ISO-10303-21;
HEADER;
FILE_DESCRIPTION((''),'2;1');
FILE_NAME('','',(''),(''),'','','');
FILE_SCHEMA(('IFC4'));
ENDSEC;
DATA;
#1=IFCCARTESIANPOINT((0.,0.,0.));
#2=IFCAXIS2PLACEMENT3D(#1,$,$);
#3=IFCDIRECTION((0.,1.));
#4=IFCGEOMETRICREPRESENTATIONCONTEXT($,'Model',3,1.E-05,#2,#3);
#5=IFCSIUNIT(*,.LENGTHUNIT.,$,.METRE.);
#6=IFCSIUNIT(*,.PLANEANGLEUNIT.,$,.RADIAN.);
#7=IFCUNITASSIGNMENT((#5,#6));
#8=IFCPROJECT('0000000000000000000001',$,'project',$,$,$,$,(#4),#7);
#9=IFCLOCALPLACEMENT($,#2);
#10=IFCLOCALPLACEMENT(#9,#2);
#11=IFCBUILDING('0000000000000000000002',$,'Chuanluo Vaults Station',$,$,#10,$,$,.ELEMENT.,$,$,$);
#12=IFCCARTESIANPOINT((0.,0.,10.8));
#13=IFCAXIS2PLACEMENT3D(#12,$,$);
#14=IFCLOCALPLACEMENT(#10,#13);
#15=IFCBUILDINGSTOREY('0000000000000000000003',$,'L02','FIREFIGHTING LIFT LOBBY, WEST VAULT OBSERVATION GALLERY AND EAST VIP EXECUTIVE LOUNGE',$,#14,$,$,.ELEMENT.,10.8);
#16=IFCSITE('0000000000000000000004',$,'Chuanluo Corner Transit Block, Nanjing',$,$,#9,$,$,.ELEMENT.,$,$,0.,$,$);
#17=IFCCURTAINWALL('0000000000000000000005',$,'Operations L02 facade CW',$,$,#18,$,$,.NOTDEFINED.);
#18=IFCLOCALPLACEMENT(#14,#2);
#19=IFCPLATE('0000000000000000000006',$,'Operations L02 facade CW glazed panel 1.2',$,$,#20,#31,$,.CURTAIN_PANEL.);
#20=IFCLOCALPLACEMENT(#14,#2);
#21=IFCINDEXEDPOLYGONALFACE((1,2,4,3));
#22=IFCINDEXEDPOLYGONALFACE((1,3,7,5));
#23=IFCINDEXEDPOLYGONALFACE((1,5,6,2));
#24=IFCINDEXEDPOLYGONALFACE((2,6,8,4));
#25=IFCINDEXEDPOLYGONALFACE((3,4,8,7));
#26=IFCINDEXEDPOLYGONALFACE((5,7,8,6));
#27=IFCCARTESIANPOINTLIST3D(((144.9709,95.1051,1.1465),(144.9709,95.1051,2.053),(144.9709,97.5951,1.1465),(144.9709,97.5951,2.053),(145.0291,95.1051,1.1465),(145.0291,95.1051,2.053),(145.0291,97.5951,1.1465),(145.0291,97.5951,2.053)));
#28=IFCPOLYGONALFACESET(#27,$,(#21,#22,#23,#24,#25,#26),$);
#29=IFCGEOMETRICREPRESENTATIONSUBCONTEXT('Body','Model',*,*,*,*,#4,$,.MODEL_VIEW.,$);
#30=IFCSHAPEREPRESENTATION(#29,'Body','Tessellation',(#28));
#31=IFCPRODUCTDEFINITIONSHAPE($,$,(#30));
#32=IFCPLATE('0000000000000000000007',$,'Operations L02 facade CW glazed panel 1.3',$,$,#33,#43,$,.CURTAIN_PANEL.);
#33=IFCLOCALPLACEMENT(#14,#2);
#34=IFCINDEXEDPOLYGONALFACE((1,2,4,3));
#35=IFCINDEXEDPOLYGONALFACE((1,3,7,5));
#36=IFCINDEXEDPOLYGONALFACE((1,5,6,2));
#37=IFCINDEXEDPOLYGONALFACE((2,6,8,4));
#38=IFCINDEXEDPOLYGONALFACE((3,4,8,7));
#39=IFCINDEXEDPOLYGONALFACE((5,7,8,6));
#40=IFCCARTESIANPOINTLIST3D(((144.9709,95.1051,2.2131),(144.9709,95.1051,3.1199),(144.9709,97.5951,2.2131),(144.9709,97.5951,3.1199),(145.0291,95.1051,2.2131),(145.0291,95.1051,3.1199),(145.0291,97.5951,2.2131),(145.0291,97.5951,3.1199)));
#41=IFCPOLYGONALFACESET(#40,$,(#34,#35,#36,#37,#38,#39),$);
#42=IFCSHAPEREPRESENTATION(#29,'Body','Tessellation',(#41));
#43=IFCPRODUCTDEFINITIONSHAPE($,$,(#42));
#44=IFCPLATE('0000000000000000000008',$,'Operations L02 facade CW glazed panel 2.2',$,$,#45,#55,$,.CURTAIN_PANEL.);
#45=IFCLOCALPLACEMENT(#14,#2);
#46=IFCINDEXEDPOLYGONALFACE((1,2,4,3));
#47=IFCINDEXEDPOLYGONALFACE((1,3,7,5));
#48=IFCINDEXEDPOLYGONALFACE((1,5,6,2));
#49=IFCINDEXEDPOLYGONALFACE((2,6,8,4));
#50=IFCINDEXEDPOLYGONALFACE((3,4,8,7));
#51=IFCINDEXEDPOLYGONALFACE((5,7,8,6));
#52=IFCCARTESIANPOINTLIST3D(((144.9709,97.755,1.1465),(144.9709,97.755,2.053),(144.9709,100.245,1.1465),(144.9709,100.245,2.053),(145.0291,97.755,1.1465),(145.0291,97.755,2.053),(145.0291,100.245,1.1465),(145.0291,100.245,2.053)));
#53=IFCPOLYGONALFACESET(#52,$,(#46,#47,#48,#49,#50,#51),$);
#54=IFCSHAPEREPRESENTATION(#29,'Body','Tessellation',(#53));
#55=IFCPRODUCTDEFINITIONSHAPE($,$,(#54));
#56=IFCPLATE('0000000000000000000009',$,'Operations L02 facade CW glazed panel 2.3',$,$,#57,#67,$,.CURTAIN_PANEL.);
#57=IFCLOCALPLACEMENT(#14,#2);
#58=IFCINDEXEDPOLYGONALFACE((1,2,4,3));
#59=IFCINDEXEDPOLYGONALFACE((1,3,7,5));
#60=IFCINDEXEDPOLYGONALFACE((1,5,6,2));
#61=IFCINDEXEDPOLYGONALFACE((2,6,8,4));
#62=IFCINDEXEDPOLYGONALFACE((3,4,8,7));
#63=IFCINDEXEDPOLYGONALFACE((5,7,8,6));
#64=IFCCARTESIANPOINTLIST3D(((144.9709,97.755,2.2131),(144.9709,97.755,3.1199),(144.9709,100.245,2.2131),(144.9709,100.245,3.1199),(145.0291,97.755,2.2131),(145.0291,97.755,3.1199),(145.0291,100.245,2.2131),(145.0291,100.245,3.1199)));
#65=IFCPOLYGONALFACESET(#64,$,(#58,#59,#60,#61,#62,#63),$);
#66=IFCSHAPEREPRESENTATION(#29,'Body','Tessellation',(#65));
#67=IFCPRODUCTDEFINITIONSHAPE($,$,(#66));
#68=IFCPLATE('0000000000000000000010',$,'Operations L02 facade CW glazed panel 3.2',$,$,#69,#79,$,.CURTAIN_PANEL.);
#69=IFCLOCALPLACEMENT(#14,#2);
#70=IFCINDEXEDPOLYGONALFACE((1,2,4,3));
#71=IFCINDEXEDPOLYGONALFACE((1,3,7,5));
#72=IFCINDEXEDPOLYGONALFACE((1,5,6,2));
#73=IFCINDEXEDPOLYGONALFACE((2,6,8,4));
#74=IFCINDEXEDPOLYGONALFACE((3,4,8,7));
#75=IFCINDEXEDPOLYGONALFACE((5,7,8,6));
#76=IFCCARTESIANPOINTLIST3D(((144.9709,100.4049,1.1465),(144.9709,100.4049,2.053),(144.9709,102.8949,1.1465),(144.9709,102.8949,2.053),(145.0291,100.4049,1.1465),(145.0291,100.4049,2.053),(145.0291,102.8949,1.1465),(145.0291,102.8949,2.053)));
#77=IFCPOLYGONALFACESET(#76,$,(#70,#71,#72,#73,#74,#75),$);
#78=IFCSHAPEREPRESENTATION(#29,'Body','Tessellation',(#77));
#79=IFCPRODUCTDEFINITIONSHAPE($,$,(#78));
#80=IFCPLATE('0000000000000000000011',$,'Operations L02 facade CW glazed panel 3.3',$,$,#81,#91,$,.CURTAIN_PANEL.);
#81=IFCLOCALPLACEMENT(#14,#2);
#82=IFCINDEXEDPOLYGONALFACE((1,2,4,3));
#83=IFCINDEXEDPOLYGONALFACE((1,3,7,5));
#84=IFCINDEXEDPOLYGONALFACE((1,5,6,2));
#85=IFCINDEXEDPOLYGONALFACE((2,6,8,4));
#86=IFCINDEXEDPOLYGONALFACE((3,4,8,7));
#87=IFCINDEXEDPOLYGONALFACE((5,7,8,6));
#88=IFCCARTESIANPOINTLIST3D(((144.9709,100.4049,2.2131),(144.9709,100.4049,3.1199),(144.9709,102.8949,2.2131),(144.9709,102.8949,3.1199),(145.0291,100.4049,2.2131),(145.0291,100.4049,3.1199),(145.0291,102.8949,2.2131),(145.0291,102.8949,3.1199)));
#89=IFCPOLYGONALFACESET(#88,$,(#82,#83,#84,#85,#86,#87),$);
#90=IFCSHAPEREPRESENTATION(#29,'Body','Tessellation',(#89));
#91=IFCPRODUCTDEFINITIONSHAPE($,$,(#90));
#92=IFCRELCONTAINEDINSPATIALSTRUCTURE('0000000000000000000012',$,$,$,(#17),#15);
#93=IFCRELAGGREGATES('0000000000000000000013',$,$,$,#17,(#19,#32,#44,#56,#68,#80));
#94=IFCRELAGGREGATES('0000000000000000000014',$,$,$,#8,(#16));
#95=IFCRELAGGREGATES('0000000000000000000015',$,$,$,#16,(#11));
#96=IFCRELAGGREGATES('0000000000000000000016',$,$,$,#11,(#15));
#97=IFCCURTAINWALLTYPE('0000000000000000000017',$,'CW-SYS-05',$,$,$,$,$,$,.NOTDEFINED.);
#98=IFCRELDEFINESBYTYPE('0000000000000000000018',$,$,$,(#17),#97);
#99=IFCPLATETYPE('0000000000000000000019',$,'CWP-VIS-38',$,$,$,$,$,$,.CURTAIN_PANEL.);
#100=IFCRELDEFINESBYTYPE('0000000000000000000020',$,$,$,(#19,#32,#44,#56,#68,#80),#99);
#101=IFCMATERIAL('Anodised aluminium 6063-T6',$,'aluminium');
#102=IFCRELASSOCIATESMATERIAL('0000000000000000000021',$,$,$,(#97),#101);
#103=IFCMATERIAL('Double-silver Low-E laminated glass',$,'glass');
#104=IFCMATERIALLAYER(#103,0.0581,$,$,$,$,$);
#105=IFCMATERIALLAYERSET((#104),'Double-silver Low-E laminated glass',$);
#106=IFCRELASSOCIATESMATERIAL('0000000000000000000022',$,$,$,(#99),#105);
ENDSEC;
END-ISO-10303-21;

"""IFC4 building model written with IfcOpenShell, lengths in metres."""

from ifc_helpers import new_model, si_unit, direction, frame, origin, origin_2d, place, context, subcontext, project, spatial, rectangle, extrude, material, layer, layer_set, type_object, element, aggregate, save


model = new_model("IFC4")

# Units and contexts
model_context = context("Model", 3, precision=1e-05, world=origin(), true_north=direction((0.0, 1.0)))
body_context = subcontext(model_context, "Body", "Model", "MODEL_VIEW")
ifc_project = project(units=[si_unit("LENGTHUNIT", "METRE"), si_unit("PLANEANGLEUNIT", "RADIAN")], contexts=[model_context])

# Site, building, storey
site_placement = place(None, origin())
site = spatial("IfcSite", under=ifc_project, at=site_placement, Name="Chuanluo Corner Transit Block, Nanjing", CompositionType="ELEMENT", RefElevation=0.0)
building_placement = place(site_placement, origin())
building = spatial("IfcBuilding", under=site, at=building_placement, Name="Chuanluo Vaults Station", CompositionType="ELEMENT")
storey_placement = place(building_placement, frame((0.0, 0.0, 10.8)))
storey = spatial("IfcBuildingStorey", under=building, at=storey_placement, Name="L02", Description="FIREFIGHTING LIFT LOBBY, WEST VAULT OBSERVATION GALLERY AND EAST VIP EXECUTIVE LOUNGE", CompositionType="ELEMENT", Elevation=10.8)

# Curtain wall, plates
ifc_material_1 = material(Name="Anodised aluminium 6063-T6", Category="aluminium")
curtain_wall_type = type_object("IfcCurtainWallType", Name="CW-SYS-05", PredefinedType="NOTDEFINED", material=ifc_material_1)
curtain_wall_placement = place(storey_placement, origin())
curtain_wall = element("IfcCurtainWall", 1, at=curtain_wall_placement, inside=storey, type_object=curtain_wall_type, Name="Operations L02 facade CW", PredefinedType="NOTDEFINED")
ifc_material_2 = material(Name="Double-silver Low-E laminated glass", Category="glass")
ifc_layer_1 = layer(ifc_material_2, 0.0581)
ifc_layer_set_1 = layer_set([ifc_layer_1], Name="Double-silver Low-E laminated glass")
plate_type_1 = type_object("IfcPlateType", Name="CWP-VIS-38", PredefinedType="CURTAIN_PANEL", material=ifc_layer_set_1)
plate_1_placement = place(storey_placement, frame((145.0, 96.3501, 1.1465), z_axis=(0.0, 0.0, 1.0), x_axis=(0.0, 1.0, 0.0)))
plate_1 = element("IfcPlate", 2, at=plate_1_placement, type_object=plate_type_1, Name="Operations L02 facade CW glazed panel 1.2", PredefinedType="CURTAIN_PANEL", context=body_context, shape_type="SweptSolid", body=[
    extrude(rectangle(XDim=2.49, YDim=0.0581, at=origin_2d()), origin(), (0.0, 0.0, 1.0), 0.9065),
])
plate_2_placement = place(storey_placement, frame((145.0, 96.3501, 2.2131), z_axis=(0.0, 0.0, 1.0), x_axis=(0.0, 1.0, 0.0)))
plate_2 = element("IfcPlate", 3, at=plate_2_placement, type_object=plate_type_1, Name="Operations L02 facade CW glazed panel 1.3", PredefinedType="CURTAIN_PANEL", context=body_context, shape_type="SweptSolid", body=[
    extrude(rectangle(XDim=2.49, YDim=0.0581, at=origin_2d()), origin(), (0.0, 0.0, 1.0), 0.9067),
])
plate_3_placement = place(storey_placement, frame((145.0, 99.0, 1.1465), z_axis=(0.0, 0.0, 1.0), x_axis=(0.0, 1.0, 0.0)))
plate_3 = element("IfcPlate", 4, at=plate_3_placement, type_object=plate_type_1, Name="Operations L02 facade CW glazed panel 2.2", PredefinedType="CURTAIN_PANEL", context=body_context, shape_type="SweptSolid", body=[
    extrude(rectangle(XDim=2.49, YDim=0.0581, at=origin_2d()), origin(), (0.0, 0.0, 1.0), 0.9065),
])
plate_4_placement = place(storey_placement, frame((145.0, 99.0, 2.2131), z_axis=(0.0, 0.0, 1.0), x_axis=(0.0, 1.0, 0.0)))
plate_4 = element("IfcPlate", 5, at=plate_4_placement, type_object=plate_type_1, Name="Operations L02 facade CW glazed panel 2.3", PredefinedType="CURTAIN_PANEL", context=body_context, shape_type="SweptSolid", body=[
    extrude(rectangle(XDim=2.49, YDim=0.0581, at=origin_2d()), origin(), (0.0, 0.0, 1.0), 0.9067),
])
plate_5_placement = place(storey_placement, frame((145.0, 101.6499, 1.1465), z_axis=(0.0, 0.0, 1.0), x_axis=(0.0, 1.0, 0.0)))
plate_5 = element("IfcPlate", 6, at=plate_5_placement, type_object=plate_type_1, Name="Operations L02 facade CW glazed panel 3.2", PredefinedType="CURTAIN_PANEL", context=body_context, shape_type="SweptSolid", body=[
    extrude(rectangle(XDim=2.49, YDim=0.0581, at=origin_2d()), origin(), (0.0, 0.0, 1.0), 0.9065),
])
plate_6_placement = place(storey_placement, frame((145.0, 101.6499, 2.2131), z_axis=(0.0, 0.0, 1.0), x_axis=(0.0, 1.0, 0.0)))
plate_6 = element("IfcPlate", 7, at=plate_6_placement, type_object=plate_type_1, Name="Operations L02 facade CW glazed panel 3.3", PredefinedType="CURTAIN_PANEL", context=body_context, shape_type="SweptSolid", body=[
    extrude(rectangle(XDim=2.49, YDim=0.0581, at=origin_2d()), origin(), (0.0, 0.0, 1.0), 0.9067),
])
aggregate(curtain_wall, [plate_1, plate_2, plate_3, plate_4, plate_5, plate_6])

save(model, "model.ifc")
